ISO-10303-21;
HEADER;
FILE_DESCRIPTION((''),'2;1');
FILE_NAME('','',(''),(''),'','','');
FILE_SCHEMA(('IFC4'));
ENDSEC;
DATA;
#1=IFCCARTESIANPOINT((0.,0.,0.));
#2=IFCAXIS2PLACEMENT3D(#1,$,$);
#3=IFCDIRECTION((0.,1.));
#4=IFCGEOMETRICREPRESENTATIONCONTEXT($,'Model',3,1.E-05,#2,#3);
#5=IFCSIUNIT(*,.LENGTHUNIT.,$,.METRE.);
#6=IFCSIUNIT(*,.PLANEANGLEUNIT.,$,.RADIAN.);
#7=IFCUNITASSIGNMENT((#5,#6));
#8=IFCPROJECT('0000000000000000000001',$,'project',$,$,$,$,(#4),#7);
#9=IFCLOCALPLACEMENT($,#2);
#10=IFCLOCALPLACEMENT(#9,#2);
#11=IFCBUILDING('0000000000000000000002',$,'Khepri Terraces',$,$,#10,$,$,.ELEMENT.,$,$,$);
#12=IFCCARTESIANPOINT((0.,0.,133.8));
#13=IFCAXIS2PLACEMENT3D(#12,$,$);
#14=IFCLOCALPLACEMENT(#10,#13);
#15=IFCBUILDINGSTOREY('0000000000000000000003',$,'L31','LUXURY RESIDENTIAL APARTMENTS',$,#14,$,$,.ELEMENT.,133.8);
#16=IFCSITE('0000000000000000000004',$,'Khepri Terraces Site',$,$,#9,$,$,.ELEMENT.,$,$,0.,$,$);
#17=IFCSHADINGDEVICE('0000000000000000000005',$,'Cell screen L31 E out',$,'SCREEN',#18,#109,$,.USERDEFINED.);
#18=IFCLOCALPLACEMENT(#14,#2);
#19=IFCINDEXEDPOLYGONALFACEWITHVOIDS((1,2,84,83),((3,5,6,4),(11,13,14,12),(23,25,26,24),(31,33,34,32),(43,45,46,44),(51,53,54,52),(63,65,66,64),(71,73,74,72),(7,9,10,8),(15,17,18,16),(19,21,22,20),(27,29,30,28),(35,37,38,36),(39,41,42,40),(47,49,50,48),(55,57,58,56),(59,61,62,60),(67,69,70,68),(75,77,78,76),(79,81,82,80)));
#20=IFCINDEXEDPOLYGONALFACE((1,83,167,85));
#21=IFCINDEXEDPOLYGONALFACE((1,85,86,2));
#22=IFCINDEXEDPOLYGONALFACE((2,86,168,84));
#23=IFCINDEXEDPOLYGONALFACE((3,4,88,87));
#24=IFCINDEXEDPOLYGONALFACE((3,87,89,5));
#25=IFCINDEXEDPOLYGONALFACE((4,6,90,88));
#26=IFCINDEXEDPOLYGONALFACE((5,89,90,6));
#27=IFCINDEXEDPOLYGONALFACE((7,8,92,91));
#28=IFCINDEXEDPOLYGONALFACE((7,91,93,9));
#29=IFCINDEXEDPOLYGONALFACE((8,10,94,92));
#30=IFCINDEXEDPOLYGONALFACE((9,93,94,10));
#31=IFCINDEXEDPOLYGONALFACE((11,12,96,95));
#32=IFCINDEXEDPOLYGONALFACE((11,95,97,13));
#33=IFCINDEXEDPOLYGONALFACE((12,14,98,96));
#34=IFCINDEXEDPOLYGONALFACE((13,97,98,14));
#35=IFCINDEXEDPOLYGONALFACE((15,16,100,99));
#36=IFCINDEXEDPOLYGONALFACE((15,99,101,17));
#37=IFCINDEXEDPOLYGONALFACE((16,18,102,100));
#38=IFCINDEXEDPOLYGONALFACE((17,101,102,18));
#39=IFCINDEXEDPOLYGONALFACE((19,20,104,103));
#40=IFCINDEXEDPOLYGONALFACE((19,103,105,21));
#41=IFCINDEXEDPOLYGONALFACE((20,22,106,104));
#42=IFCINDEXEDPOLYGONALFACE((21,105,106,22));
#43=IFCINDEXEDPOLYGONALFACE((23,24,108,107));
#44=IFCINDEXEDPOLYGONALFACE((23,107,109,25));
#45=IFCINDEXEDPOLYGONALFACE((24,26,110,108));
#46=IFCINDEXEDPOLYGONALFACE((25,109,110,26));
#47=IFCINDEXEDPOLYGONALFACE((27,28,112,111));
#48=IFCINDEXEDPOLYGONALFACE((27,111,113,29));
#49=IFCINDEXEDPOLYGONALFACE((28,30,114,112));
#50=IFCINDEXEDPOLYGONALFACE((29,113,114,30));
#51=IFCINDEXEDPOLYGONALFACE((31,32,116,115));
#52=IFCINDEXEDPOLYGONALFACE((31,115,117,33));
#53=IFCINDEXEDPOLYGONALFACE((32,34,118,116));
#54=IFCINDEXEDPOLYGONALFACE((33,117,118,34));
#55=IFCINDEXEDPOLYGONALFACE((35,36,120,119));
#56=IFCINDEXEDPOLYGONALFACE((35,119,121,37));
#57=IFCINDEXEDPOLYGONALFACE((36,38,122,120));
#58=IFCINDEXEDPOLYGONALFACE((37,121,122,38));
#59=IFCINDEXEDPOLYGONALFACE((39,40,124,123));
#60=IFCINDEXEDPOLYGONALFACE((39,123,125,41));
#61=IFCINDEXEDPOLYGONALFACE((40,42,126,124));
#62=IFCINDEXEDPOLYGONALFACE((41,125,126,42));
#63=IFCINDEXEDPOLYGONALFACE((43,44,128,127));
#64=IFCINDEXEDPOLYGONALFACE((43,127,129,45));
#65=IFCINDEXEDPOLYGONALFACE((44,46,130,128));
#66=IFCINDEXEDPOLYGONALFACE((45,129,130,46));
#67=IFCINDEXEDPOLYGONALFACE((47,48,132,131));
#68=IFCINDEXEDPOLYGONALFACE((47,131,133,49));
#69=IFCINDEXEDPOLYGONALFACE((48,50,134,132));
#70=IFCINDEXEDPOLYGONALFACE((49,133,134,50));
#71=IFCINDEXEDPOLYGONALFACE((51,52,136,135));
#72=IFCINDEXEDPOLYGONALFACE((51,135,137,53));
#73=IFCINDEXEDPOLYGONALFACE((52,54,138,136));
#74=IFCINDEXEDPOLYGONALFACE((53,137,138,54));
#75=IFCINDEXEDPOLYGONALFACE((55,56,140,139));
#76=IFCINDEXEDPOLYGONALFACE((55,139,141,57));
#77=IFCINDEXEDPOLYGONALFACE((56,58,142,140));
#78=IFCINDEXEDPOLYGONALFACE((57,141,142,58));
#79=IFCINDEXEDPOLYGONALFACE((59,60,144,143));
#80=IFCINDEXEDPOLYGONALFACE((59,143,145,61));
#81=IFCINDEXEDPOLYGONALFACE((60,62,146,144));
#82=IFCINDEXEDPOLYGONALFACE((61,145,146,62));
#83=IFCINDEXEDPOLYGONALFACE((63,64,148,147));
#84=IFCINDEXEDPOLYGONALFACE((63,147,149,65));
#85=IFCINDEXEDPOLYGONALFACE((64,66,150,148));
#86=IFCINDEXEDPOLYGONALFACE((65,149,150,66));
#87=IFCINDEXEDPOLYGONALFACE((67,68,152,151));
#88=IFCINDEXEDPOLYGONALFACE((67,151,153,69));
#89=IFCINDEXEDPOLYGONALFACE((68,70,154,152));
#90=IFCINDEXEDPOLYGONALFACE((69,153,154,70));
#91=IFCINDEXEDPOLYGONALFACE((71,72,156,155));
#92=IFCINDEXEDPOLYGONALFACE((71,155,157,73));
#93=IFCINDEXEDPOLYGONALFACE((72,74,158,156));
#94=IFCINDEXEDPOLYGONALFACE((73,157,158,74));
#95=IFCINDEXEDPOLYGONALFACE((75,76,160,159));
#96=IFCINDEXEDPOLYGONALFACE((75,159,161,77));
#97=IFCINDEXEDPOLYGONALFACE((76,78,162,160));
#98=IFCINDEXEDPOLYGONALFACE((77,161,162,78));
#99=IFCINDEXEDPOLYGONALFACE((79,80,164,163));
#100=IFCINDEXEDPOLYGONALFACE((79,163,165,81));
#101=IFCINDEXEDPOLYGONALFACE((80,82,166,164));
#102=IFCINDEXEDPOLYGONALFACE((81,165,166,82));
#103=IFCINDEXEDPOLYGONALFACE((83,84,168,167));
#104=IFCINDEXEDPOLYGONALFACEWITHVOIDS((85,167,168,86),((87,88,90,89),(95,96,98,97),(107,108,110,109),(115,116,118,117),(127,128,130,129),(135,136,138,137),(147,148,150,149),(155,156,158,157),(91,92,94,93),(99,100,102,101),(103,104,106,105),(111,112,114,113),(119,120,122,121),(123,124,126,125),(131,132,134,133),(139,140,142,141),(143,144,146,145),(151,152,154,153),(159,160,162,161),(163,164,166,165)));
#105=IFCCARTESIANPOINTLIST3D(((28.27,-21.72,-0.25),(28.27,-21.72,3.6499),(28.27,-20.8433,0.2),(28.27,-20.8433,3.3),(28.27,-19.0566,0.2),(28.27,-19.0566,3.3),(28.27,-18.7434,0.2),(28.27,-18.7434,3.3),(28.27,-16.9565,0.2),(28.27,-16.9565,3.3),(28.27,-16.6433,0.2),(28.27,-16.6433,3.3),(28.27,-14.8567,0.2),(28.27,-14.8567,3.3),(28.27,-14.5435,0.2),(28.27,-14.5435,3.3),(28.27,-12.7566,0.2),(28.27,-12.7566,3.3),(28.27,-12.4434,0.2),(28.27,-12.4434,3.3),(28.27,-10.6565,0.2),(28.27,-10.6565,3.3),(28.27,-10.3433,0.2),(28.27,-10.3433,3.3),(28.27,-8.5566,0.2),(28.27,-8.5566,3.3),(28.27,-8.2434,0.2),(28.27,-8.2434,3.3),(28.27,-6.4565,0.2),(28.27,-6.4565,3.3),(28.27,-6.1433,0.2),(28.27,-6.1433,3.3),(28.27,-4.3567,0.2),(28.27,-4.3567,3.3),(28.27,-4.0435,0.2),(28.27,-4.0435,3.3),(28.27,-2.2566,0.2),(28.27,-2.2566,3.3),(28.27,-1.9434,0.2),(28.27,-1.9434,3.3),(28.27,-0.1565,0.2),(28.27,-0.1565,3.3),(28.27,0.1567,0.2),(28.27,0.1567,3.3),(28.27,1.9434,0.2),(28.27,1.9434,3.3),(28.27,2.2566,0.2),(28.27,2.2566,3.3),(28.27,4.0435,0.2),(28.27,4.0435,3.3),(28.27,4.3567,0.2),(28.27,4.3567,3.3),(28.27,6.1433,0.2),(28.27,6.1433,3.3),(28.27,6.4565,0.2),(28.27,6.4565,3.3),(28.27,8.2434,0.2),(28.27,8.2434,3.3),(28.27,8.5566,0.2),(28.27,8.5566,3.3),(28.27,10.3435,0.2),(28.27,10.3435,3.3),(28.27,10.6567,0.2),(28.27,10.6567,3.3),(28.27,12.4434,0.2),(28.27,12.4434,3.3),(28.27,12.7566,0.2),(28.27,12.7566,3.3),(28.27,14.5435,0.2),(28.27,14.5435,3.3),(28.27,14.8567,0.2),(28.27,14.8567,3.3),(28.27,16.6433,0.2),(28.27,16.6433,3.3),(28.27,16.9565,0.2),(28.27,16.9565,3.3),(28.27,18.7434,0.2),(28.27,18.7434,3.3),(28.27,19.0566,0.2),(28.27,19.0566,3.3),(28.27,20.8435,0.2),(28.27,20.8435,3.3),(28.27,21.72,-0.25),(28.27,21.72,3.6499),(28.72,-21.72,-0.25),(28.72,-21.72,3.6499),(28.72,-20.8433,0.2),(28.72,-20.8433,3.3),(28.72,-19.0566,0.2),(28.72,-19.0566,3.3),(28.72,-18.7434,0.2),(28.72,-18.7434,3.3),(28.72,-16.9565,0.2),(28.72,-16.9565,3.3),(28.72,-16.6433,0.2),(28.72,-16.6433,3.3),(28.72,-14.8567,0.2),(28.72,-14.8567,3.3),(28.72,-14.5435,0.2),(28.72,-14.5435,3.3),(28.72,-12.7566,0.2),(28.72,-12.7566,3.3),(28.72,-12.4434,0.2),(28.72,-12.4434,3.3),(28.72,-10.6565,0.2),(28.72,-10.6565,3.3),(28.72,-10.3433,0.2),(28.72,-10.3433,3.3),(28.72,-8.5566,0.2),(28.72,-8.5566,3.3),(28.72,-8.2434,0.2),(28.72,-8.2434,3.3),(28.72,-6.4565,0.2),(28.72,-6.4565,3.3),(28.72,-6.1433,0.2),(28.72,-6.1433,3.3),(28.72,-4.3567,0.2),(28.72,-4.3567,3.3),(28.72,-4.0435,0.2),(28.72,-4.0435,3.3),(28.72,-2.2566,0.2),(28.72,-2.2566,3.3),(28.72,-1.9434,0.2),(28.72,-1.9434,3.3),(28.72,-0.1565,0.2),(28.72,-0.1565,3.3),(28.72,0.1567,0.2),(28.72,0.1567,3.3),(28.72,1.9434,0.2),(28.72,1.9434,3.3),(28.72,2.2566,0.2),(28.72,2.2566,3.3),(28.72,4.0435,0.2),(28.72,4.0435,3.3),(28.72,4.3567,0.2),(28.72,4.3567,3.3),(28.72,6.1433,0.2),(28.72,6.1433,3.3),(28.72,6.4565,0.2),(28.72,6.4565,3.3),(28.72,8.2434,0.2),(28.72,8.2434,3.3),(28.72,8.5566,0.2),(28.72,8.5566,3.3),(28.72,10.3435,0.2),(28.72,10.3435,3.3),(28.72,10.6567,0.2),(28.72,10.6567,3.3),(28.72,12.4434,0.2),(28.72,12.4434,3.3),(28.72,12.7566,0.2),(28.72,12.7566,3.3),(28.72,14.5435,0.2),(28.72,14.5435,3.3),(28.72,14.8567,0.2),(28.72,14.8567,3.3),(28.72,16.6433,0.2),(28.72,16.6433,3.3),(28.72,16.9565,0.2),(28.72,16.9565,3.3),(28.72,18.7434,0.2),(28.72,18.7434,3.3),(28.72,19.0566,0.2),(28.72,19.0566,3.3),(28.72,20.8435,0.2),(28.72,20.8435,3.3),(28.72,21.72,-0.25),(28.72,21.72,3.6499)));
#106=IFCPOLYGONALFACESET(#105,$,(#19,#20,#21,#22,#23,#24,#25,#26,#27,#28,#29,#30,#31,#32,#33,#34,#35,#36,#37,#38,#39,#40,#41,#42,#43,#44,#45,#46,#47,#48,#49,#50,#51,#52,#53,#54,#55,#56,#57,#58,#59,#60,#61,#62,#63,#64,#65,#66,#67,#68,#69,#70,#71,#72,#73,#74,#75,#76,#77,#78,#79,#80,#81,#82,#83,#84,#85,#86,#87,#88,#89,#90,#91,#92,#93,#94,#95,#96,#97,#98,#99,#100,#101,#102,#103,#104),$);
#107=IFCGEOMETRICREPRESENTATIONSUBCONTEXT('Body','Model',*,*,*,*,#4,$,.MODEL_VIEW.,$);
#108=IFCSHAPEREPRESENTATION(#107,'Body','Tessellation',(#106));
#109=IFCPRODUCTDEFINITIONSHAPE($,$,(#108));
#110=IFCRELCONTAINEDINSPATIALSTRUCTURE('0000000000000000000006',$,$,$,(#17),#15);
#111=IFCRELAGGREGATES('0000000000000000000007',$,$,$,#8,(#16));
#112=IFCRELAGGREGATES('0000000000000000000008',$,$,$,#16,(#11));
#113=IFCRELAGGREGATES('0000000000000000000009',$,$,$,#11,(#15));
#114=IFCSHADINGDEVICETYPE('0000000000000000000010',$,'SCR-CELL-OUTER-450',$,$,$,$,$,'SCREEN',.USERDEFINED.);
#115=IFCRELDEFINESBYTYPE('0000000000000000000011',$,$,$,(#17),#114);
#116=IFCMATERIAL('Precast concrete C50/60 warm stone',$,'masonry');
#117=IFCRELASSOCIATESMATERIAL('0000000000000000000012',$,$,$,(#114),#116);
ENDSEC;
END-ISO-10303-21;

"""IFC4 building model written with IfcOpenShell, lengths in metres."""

from ifc_helpers import new_model, si_unit, direction, frame, origin, place, context, subcontext, project, spatial, polyline, outline, extrude, material, type_object, element, save


model = new_model("IFC4")

# Units and contexts
model_context = context("Model", 3, precision=1e-05, world=origin(), true_north=direction((0.0, 1.0)))
body_context = subcontext(model_context, "Body", "Model", "MODEL_VIEW")
ifc_project = project(units=[si_unit("LENGTHUNIT", "METRE"), si_unit("PLANEANGLEUNIT", "RADIAN")], contexts=[model_context])

# Site, building, storey
site_placement = place(None, origin())
site = spatial("IfcSite", under=ifc_project, at=site_placement, Name="Khepri Terraces Site", CompositionType="ELEMENT", RefElevation=0.0)
building_placement = place(site_placement, origin())
building = spatial("IfcBuilding", under=site, at=building_placement, Name="Khepri Terraces", CompositionType="ELEMENT")
storey_placement = place(building_placement, frame((0.0, 0.0, 133.8)))
storey = spatial("IfcBuildingStorey", under=building, at=storey_placement, Name="L31", Description="LUXURY RESIDENTIAL APARTMENTS", CompositionType="ELEMENT", Elevation=133.8)

# Shared definitions
ifc_material_1 = material(Name="Precast concrete C50/60 warm stone", Category="masonry")

# Shading device
shading_device_type_1 = type_object("IfcShadingDeviceType", Name="SCR-CELL-OUTER-450", ElementType="SCREEN", PredefinedType="USERDEFINED", material=ifc_material_1)
shading_device_1_placement = place(storey_placement, frame((28.27, -21.72, -0.25), z_axis=(1.0, 0.0, 0.0), x_axis=(0.0, 1.0, 0.0)))
element("IfcShadingDevice", 1, at=shading_device_1_placement, inside=storey, type_object=shading_device_type_1, Name="Cell screen L31 E out", ObjectType="SCREEN", PredefinedType="USERDEFINED", context=body_context, shape_type="SweptSolid", body=[
    extrude(outline(polyline([(0.0, 0.0), (43.4399, 0.0), (43.4399, 3.8999), (0.0, 3.8999), (0.0, 0.0)]), holes=[polyline([(0.8767, 0.45), (2.6633, 0.45), (2.6633, 3.55), (0.8767, 3.55), (0.8767, 0.45)]), polyline([(2.9766, 0.45), (4.7634, 0.45), (4.7634, 3.55), (2.9766, 3.55), (2.9766, 0.45)]), polyline([(5.0767, 0.45), (6.8633, 0.45), (6.8633, 3.55), (5.0767, 3.55), (5.0767, 0.45)]), polyline([(7.1765, 0.45), (8.9634, 0.45), (8.9634, 3.55), (7.1765, 3.55), (7.1765, 0.45)]), polyline([(9.2766, 0.45), (11.0635, 0.45), (11.0635, 3.55), (9.2766, 3.55), (9.2766, 0.45)]), polyline([(11.3767, 0.45), (13.1633, 0.45), (13.1633, 3.55), (11.3767, 3.55), (11.3767, 0.45)]), polyline([(13.4766, 0.45), (15.2634, 0.45), (15.2634, 3.55), (13.4766, 3.55), (13.4766, 0.45)]), polyline([(15.5767, 0.45), (17.3633, 0.45), (17.3633, 3.55), (15.5767, 3.55), (15.5767, 0.45)]), polyline([(17.6765, 0.45), (19.4634, 0.45), (19.4634, 3.55), (17.6765, 3.55), (17.6765, 0.45)]), polyline([(19.7766, 0.45), (21.5635, 0.45), (21.5635, 3.55), (19.7766, 3.55), (19.7766, 0.45)]), polyline([(21.8767, 0.45), (23.6633, 0.45), (23.6633, 3.55), (21.8767, 3.55), (21.8767, 0.45)]), polyline([(23.9766, 0.45), (25.7634, 0.45), (25.7634, 3.55), (23.9766, 3.55), (23.9766, 0.45)]), polyline([(26.0767, 0.45), (27.8633, 0.45), (27.8633, 3.55), (26.0767, 3.55), (26.0767, 0.45)]), polyline([(28.1765, 0.45), (29.9634, 0.45), (29.9634, 3.55), (28.1765, 3.55), (28.1765, 0.45)]), polyline([(30.2766, 0.45), (32.0635, 0.45), (32.0635, 3.55), (30.2766, 3.55), (30.2766, 0.45)]), polyline([(32.3767, 0.45), (34.1633, 0.45), (34.1633, 3.55), (32.3767, 3.55), (32.3767, 0.45)]), polyline([(34.4766, 0.45), (36.2634, 0.45), (36.2634, 3.55), (34.4766, 3.55), (34.4766, 0.45)]), polyline([(36.5767, 0.45), (38.3633, 0.45), (38.3633, 3.55), (36.5767, 3.55), (36.5767, 0.45)]), polyline([(38.6765, 0.45), (40.4634, 0.45), (40.4634, 3.55), (38.6765, 3.55), (38.6765, 0.45)]), polyline([(40.7766, 0.45), (42.5635, 0.45), (42.5635, 3.55), (40.7766, 3.55), (40.7766, 0.45)])]), origin(), (0.0, 0.0, 1.0), 0.45),
])

save(model, "model.ifc")
